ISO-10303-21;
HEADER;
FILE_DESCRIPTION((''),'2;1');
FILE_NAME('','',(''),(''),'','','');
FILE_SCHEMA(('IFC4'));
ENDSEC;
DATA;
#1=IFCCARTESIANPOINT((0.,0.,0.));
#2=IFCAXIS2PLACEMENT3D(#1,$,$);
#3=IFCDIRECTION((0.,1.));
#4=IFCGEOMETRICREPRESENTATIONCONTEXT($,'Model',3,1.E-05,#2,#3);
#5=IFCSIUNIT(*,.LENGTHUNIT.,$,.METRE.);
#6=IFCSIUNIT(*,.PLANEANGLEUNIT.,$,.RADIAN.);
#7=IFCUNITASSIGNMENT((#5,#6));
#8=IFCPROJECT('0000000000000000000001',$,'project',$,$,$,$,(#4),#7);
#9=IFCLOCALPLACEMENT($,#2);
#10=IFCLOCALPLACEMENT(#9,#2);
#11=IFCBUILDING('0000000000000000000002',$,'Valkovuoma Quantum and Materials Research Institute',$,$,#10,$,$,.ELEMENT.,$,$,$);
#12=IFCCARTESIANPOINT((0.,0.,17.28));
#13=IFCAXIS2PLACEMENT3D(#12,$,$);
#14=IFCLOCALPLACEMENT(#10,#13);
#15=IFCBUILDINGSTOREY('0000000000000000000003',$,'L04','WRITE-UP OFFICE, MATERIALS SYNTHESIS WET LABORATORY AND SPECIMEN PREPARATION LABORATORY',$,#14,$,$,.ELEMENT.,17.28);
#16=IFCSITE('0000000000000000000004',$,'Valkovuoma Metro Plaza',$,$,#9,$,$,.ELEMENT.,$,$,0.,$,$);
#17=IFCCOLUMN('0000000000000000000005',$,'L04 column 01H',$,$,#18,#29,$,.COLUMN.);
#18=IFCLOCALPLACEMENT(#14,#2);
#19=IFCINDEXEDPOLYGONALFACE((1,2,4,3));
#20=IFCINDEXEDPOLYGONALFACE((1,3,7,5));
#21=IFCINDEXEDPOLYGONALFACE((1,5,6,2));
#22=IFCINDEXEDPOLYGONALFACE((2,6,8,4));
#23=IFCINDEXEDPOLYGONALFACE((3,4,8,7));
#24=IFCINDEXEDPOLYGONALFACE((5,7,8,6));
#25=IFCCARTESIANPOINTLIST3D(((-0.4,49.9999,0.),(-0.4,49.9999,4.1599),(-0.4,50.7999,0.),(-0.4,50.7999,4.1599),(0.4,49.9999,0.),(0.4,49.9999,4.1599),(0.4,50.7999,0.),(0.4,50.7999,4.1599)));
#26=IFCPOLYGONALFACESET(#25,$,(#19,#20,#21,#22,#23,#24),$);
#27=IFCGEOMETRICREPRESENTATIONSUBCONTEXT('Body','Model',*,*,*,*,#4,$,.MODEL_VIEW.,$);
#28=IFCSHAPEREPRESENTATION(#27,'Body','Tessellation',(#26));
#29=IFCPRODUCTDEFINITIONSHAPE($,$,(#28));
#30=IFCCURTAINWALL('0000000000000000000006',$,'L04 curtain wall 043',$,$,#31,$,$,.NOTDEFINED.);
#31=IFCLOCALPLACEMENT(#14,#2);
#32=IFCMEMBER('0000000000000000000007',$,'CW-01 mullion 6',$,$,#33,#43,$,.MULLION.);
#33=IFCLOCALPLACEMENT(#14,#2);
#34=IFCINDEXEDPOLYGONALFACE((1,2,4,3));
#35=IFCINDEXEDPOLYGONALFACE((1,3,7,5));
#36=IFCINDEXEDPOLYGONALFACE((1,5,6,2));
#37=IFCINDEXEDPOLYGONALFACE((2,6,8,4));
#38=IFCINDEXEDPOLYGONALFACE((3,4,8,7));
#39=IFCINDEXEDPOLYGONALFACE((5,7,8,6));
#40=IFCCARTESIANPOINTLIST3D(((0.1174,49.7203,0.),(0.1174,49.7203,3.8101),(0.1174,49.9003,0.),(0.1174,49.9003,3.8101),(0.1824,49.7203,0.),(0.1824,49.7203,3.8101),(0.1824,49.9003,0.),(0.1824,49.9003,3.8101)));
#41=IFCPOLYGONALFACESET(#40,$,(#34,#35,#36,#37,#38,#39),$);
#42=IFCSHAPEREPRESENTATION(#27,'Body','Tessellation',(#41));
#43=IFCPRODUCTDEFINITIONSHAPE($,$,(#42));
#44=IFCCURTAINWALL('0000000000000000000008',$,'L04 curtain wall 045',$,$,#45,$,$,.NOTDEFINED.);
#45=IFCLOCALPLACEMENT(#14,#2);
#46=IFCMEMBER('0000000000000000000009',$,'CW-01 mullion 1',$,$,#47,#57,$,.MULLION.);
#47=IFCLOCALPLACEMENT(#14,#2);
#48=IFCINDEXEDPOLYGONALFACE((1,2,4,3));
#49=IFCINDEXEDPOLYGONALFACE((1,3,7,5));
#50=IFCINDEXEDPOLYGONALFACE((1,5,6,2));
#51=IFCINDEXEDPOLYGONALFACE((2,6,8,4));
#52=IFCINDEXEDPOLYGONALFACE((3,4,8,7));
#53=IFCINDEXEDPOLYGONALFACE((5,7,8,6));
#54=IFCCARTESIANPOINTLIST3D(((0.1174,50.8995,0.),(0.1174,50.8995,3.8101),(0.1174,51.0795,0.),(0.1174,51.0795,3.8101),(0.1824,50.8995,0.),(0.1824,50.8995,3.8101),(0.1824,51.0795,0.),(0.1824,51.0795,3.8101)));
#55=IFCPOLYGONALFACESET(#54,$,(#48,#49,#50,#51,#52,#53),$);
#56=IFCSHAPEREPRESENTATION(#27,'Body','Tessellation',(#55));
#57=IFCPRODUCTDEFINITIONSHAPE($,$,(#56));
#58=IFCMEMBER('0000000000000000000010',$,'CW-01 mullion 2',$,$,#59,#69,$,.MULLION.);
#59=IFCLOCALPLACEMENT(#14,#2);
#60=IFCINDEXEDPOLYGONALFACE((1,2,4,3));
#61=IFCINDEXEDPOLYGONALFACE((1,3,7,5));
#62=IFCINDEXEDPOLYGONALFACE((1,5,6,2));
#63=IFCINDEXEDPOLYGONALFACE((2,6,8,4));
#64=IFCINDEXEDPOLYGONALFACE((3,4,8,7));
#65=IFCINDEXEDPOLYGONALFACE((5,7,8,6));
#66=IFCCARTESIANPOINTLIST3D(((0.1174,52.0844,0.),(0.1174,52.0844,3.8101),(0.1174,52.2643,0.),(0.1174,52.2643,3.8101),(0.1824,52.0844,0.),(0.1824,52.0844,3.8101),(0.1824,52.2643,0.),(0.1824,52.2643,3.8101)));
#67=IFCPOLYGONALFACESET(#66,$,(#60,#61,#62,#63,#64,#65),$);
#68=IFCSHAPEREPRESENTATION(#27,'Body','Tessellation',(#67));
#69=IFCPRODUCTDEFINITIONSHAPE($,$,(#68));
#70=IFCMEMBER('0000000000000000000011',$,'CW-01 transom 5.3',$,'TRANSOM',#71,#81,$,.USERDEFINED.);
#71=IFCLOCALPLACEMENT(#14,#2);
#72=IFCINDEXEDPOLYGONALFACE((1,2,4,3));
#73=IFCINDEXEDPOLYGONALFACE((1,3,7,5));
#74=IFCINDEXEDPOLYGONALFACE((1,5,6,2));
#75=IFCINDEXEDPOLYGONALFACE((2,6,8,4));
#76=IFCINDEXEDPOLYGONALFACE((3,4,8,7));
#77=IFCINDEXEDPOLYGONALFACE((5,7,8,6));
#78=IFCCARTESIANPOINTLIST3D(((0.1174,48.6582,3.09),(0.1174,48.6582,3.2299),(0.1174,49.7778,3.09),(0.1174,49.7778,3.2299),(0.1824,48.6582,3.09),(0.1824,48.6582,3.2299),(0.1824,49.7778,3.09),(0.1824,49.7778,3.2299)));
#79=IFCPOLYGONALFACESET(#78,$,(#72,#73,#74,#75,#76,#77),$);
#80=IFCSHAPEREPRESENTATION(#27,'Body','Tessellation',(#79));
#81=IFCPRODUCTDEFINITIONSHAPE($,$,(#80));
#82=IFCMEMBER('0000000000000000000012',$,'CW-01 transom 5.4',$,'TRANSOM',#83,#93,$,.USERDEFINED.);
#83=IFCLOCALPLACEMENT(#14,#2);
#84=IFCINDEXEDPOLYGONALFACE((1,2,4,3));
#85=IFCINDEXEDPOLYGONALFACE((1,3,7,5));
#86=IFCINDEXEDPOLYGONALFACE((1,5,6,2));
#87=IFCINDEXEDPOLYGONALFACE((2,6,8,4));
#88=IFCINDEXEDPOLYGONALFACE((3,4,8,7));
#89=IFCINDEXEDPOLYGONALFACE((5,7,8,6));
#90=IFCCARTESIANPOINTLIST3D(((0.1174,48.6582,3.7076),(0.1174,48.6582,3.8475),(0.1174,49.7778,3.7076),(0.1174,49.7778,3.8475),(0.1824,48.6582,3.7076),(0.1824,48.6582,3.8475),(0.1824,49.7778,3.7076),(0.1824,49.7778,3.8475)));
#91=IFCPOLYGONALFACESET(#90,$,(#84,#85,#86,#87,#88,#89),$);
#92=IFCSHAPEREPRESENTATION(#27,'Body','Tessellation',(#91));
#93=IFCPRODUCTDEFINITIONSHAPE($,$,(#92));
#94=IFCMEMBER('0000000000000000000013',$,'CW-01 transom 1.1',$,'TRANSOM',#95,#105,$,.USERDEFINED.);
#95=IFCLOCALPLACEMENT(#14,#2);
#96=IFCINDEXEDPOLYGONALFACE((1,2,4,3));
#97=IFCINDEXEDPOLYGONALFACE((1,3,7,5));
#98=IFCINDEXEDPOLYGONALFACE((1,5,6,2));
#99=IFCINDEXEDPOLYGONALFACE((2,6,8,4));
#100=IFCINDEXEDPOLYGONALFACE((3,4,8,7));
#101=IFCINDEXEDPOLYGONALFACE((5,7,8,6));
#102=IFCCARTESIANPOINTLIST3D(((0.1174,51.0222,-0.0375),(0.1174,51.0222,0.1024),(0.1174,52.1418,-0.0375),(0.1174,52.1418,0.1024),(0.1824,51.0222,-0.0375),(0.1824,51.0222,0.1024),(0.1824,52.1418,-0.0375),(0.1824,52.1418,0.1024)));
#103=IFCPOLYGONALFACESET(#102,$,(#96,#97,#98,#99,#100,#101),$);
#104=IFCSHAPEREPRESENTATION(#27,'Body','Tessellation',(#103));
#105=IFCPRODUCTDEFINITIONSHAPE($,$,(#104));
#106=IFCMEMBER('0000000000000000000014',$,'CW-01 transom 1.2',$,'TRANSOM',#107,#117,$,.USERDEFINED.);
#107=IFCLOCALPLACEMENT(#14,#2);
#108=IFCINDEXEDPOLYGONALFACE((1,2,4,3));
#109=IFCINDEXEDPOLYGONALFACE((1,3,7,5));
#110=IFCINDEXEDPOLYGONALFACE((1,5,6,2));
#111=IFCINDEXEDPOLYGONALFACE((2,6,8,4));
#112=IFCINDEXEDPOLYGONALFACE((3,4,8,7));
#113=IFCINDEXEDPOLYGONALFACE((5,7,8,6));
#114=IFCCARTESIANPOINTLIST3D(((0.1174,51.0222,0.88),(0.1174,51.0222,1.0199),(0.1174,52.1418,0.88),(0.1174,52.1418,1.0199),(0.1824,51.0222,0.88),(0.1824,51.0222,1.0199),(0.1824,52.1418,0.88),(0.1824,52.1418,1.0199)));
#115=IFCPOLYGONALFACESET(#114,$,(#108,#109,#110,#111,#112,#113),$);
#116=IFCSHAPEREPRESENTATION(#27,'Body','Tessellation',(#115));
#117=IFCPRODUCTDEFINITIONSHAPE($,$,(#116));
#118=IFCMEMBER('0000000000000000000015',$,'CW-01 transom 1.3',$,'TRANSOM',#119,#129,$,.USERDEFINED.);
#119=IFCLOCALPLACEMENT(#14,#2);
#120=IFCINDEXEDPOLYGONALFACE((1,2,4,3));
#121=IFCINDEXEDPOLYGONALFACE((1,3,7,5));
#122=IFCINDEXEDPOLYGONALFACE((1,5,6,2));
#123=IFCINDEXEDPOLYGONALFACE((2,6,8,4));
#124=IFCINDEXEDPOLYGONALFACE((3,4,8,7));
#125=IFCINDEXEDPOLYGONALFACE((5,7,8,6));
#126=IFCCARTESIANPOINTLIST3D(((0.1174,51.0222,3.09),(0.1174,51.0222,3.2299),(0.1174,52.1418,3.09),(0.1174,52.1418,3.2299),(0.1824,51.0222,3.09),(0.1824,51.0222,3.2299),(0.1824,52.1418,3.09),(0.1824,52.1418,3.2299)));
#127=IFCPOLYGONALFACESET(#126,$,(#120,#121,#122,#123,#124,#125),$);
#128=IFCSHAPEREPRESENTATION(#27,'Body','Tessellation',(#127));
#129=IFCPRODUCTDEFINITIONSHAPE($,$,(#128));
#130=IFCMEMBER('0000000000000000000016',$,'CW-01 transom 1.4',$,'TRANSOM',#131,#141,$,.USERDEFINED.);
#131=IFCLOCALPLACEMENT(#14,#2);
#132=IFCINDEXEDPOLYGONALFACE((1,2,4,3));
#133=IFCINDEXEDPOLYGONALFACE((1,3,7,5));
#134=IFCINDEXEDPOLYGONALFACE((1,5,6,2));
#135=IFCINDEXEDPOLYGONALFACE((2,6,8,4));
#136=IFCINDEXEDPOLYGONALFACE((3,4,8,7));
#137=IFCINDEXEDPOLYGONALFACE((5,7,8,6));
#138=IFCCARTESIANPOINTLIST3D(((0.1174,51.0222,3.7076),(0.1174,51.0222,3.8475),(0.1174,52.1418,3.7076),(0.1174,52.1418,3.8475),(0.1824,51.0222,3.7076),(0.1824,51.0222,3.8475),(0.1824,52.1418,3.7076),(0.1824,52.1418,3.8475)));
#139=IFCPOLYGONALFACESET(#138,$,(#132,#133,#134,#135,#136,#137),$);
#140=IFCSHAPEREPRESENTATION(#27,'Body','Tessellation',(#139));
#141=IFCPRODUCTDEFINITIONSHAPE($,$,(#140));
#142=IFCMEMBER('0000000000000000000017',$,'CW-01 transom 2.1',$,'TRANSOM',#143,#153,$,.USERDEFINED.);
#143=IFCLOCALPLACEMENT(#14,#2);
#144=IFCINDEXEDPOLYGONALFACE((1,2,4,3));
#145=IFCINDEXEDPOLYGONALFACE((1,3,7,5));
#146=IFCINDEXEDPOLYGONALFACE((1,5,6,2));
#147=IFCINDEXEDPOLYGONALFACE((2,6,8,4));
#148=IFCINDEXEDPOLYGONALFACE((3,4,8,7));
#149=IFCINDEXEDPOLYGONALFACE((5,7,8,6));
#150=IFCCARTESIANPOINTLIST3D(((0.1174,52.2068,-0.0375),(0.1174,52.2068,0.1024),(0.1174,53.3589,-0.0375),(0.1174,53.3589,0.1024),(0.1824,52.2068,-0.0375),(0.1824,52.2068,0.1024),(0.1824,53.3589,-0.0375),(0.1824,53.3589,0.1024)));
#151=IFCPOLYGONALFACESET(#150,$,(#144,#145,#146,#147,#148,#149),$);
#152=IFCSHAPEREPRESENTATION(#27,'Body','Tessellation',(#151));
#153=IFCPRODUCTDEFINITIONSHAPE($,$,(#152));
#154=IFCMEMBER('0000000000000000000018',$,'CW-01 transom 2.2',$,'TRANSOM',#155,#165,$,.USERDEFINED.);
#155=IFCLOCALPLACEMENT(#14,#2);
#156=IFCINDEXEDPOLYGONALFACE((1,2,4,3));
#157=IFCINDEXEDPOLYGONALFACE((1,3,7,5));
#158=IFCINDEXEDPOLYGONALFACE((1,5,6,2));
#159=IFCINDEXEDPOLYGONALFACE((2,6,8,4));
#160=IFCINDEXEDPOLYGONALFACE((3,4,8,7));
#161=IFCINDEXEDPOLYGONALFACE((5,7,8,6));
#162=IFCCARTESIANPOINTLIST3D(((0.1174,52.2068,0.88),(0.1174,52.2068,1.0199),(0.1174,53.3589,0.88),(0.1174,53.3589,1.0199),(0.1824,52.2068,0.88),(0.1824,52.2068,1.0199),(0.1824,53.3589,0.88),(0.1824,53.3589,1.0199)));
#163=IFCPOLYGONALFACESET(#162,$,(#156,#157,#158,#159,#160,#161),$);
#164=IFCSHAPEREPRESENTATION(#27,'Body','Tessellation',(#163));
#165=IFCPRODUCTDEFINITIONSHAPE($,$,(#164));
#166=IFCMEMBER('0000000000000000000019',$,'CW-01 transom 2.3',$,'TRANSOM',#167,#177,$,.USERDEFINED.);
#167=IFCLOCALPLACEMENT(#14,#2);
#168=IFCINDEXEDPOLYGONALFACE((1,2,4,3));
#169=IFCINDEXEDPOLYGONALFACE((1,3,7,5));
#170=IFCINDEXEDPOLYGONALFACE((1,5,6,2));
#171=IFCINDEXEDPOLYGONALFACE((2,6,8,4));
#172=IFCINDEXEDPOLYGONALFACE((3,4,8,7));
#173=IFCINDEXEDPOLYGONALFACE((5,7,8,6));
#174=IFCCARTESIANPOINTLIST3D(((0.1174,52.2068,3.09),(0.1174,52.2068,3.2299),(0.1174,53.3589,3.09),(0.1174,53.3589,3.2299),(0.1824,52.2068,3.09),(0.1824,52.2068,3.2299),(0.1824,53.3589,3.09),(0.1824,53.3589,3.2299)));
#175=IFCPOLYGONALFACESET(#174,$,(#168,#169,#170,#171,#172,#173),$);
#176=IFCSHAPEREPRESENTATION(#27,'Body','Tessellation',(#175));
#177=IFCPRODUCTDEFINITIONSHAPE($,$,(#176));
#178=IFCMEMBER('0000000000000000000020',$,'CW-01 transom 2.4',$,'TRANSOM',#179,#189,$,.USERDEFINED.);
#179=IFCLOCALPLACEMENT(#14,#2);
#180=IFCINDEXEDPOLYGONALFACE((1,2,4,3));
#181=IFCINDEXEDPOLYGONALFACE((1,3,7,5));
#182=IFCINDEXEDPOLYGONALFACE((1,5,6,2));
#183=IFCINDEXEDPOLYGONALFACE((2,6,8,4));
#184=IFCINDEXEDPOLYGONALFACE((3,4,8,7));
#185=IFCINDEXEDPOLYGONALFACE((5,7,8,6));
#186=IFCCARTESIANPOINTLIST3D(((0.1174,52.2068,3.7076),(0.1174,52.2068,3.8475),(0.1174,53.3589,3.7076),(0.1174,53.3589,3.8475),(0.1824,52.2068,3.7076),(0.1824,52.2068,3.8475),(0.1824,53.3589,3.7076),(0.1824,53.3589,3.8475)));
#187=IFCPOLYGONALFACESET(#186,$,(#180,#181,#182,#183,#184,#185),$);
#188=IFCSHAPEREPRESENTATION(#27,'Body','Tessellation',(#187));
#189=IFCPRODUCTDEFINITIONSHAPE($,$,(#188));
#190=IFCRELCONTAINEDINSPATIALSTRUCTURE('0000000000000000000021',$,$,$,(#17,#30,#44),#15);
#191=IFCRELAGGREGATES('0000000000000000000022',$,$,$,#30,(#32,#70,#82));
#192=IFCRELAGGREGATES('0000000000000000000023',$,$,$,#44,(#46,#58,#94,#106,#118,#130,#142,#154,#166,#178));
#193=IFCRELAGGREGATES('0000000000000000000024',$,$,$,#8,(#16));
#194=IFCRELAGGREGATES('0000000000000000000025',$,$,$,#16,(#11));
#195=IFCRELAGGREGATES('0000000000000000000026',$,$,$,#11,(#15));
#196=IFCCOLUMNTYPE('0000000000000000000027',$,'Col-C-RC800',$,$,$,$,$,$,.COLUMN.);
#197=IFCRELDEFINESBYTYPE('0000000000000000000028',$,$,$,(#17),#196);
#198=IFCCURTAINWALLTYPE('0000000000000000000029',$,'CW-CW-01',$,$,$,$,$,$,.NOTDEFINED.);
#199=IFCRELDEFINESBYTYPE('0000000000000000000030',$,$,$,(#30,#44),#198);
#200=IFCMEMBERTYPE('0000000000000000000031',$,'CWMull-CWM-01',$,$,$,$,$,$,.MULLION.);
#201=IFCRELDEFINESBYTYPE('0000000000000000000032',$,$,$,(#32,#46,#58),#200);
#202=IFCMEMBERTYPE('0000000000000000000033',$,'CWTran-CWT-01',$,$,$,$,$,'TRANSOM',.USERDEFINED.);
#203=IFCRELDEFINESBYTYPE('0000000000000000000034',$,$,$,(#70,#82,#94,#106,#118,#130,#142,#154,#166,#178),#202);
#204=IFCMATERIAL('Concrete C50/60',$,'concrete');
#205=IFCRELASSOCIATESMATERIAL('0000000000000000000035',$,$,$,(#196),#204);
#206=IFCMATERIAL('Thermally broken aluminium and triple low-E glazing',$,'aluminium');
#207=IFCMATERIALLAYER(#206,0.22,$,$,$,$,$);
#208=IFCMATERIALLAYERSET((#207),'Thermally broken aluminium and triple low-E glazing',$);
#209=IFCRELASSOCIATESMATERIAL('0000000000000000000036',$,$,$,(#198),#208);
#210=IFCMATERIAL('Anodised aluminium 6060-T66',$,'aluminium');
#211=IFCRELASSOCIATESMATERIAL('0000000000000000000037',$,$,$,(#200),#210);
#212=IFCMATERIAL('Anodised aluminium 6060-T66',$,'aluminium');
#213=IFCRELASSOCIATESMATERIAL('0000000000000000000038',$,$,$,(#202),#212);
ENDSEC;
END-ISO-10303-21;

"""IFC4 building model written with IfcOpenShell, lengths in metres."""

from ifc_helpers import new_model, si_unit, direction, frame, origin, origin_2d, place, context, subcontext, project, spatial, rectangle, extrude, material, layer, layer_set, material_profile, profile_set, type_object, element, aggregate, save


model = new_model("IFC4")

# Units and contexts
model_context = context("Model", 3, precision=1e-05, world=origin(), true_north=direction((0.0, 1.0)))
body_context = subcontext(model_context, "Body", "Model", "MODEL_VIEW")
ifc_project = project(units=[si_unit("LENGTHUNIT", "METRE"), si_unit("PLANEANGLEUNIT", "RADIAN")], contexts=[model_context])

# Site, building, storey
site_placement = place(None, origin())
site = spatial("IfcSite", under=ifc_project, at=site_placement, Name="Valkovuoma Metro Plaza", CompositionType="ELEMENT", RefElevation=0.0)
building_placement = place(site_placement, origin())
building = spatial("IfcBuilding", under=site, at=building_placement, Name="Valkovuoma Quantum and Materials Research Institute", CompositionType="ELEMENT")
storey_placement = place(building_placement, frame((0.0, 0.0, 17.28)))
storey = spatial("IfcBuildingStorey", under=building, at=storey_placement, Name="L04", Description="WRITE-UP OFFICE, MATERIALS SYNTHESIS WET LABORATORY AND SPECIMEN PREPARATION LABORATORY", CompositionType="ELEMENT", Elevation=17.28)

# Column
ifc_material_1 = material(Name="Concrete C50/60", Category="concrete")
ifc_material_profile_1 = material_profile(ifc_material_1, rectangle(XDim=0.8, YDim=0.8, at=origin_2d()), Name="Concrete C50/60")
ifc_profile_set_1 = profile_set([ifc_material_profile_1], Name="Concrete C50/60")
column_type = type_object("IfcColumnType", Name="Col-C-RC800", PredefinedType="COLUMN", material=ifc_profile_set_1)
column_placement = place(storey_placement, frame((0.0, 50.3999, 0.0), z_axis=(0.0, 0.0, 1.0), x_axis=(1.0, 0.0, 0.0)))
element("IfcColumn", 1, at=column_placement, inside=storey, type_object=column_type, Name="L04 column 01H", PredefinedType="COLUMN", context=body_context, shape_type="SweptSolid", body=[
    extrude(rectangle(XDim=0.8, YDim=0.8, at=origin_2d()), origin(), (0.0, 0.0, 1.0), 4.1599),
])

# Curtain wall, member
ifc_material_2 = material(Name="Thermally broken aluminium and triple low-E glazing", Category="aluminium")
ifc_layer_1 = layer(ifc_material_2, 0.22)
ifc_layer_set_1 = layer_set([ifc_layer_1], Name="Thermally broken aluminium and triple low-E glazing")
curtain_wall_type = type_object("IfcCurtainWallType", Name="CW-CW-01", PredefinedType="NOTDEFINED", material=ifc_layer_set_1)
curtain_wall_1_placement = place(storey_placement, origin())
curtain_wall_1 = element("IfcCurtainWall", 2, at=curtain_wall_1_placement, inside=storey, type_object=curtain_wall_type, Name="L04 curtain wall 043", PredefinedType="NOTDEFINED")
ifc_material_3 = material(Name="Anodised aluminium 6060-T66", Category="aluminium")
ifc_material_profile_2 = material_profile(ifc_material_3, rectangle(XDim=0.0649, YDim=0.1799, at=origin_2d()), Name="Anodised aluminium 6060-T66")
ifc_profile_set_2 = profile_set([ifc_material_profile_2], Name="Anodised aluminium 6060-T66")
member_type_1 = type_object("IfcMemberType", Name="CWMull-CWM-01", PredefinedType="MULLION", material=ifc_profile_set_2)
member_1_placement = place(storey_placement, frame((0.1499, 49.8103, 0.0), z_axis=(0.0, 0.0, 1.0), x_axis=(-1.0, 0.0, 0.0)))
member_1 = element("IfcMember", 3, at=member_1_placement, type_object=member_type_1, Name="CW-01 mullion 6", PredefinedType="MULLION", context=body_context, shape_type="SweptSolid", body=[
    extrude(rectangle(XDim=0.0649, YDim=0.1799, at=origin_2d()), origin(), (0.0, 0.0, 1.0), 3.8101),
])

# Curtain wall, members
curtain_wall_2_placement = place(storey_placement, origin())
curtain_wall_2 = element("IfcCurtainWall", 4, at=curtain_wall_2_placement, inside=storey, type_object=curtain_wall_type, Name="L04 curtain wall 045", PredefinedType="NOTDEFINED")
member_2_placement = place(storey_placement, frame((0.1499, 50.9895, 0.0), z_axis=(0.0, 0.0, 1.0), x_axis=(-1.0, 0.0, 0.0)))
member_2 = element("IfcMember", 5, at=member_2_placement, type_object=member_type_1, Name="CW-01 mullion 1", PredefinedType="MULLION", context=body_context, shape_type="SweptSolid", body=[
    extrude(rectangle(XDim=0.0649, YDim=0.1799, at=origin_2d()), origin(), (0.0, 0.0, 1.0), 3.8101),
])
member_3_placement = place(storey_placement, frame((0.1499, 52.1743, 0.0), z_axis=(0.0, 0.0, 1.0), x_axis=(-1.0, 0.0, 0.0)))
member_3 = element("IfcMember", 6, at=member_3_placement, type_object=member_type_1, Name="CW-01 mullion 2", PredefinedType="MULLION", context=body_context, shape_type="SweptSolid", body=[
    extrude(rectangle(XDim=0.0649, YDim=0.1799, at=origin_2d()), origin(), (0.0, 0.0, 1.0), 3.8101),
])

# Members
ifc_material_4 = material(Name="Anodised aluminium 6060-T66", Category="aluminium")
ifc_material_profile_3 = material_profile(ifc_material_4, rectangle(XDim=0.0649, YDim=0.1399, at=origin_2d()), Name="Anodised aluminium 6060-T66")
ifc_profile_set_3 = profile_set([ifc_material_profile_3], Name="Anodised aluminium 6060-T66")
member_type_2 = type_object("IfcMemberType", Name="CWTran-CWT-01", ElementType="TRANSOM", PredefinedType="USERDEFINED", material=ifc_profile_set_3)
member_4_placement = place(storey_placement, frame((0.1499, 48.6582, 3.1599), z_axis=(0.0, 1.0, 0.0), x_axis=(-1.0, 0.0, 0.0)))
member_4 = element("IfcMember", 7, at=member_4_placement, type_object=member_type_2, Name="CW-01 transom 5.3", ObjectType="TRANSOM", PredefinedType="USERDEFINED", context=body_context, shape_type="SweptSolid", body=[
    extrude(rectangle(XDim=0.0649, YDim=0.1399, at=origin_2d()), origin(), (0.0, 0.0, 1.0), 1.1196),
])
member_5_placement = place(storey_placement, frame((0.1499, 48.6582, 3.7776), z_axis=(0.0, 1.0, 0.0), x_axis=(-1.0, 0.0, 0.0)))
member_5 = element("IfcMember", 8, at=member_5_placement, type_object=member_type_2, Name="CW-01 transom 5.4", ObjectType="TRANSOM", PredefinedType="USERDEFINED", context=body_context, shape_type="SweptSolid", body=[
    extrude(rectangle(XDim=0.0649, YDim=0.1399, at=origin_2d()), origin(), (0.0, 0.0, 1.0), 1.1196),
])
member_6_placement = place(storey_placement, frame((0.1499, 51.0222, 0.0325), z_axis=(0.0, 1.0, 0.0), x_axis=(-1.0, 0.0, 0.0)))
member_6 = element("IfcMember", 9, at=member_6_placement, type_object=member_type_2, Name="CW-01 transom 1.1", ObjectType="TRANSOM", PredefinedType="USERDEFINED", context=body_context, shape_type="SweptSolid", body=[
    extrude(rectangle(XDim=0.0649, YDim=0.1399, at=origin_2d()), origin(), (0.0, 0.0, 1.0), 1.1196),
])
member_7_placement = place(storey_placement, frame((0.1499, 51.0222, 0.95), z_axis=(0.0, 1.0, 0.0), x_axis=(-1.0, 0.0, 0.0)))
member_7 = element("IfcMember", 10, at=member_7_placement, type_object=member_type_2, Name="CW-01 transom 1.2", ObjectType="TRANSOM", PredefinedType="USERDEFINED", context=body_context, shape_type="SweptSolid", body=[
    extrude(rectangle(XDim=0.0649, YDim=0.1399, at=origin_2d()), origin(), (0.0, 0.0, 1.0), 1.1196),
])
member_8_placement = place(storey_placement, frame((0.1499, 51.0222, 3.1599), z_axis=(0.0, 1.0, 0.0), x_axis=(-1.0, 0.0, 0.0)))
member_8 = element("IfcMember", 11, at=member_8_placement, type_object=member_type_2, Name="CW-01 transom 1.3", ObjectType="TRANSOM", PredefinedType="USERDEFINED", context=body_context, shape_type="SweptSolid", body=[
    extrude(rectangle(XDim=0.0649, YDim=0.1399, at=origin_2d()), origin(), (0.0, 0.0, 1.0), 1.1196),
])
member_9_placement = place(storey_placement, frame((0.1499, 51.0222, 3.7776), z_axis=(0.0, 1.0, 0.0), x_axis=(-1.0, 0.0, 0.0)))
member_9 = element("IfcMember", 12, at=member_9_placement, type_object=member_type_2, Name="CW-01 transom 1.4", ObjectType="TRANSOM", PredefinedType="USERDEFINED", context=body_context, shape_type="SweptSolid", body=[
    extrude(rectangle(XDim=0.0649, YDim=0.1399, at=origin_2d()), origin(), (0.0, 0.0, 1.0), 1.1196),
])
member_10_placement = place(storey_placement, frame((0.1499, 52.2068, 0.0325), z_axis=(0.0, 1.0, 0.0), x_axis=(-1.0, 0.0, 0.0)))
member_10 = element("IfcMember", 13, at=member_10_placement, type_object=member_type_2, Name="CW-01 transom 2.1", ObjectType="TRANSOM", PredefinedType="USERDEFINED", context=body_context, shape_type="SweptSolid", body=[
    extrude(rectangle(XDim=0.0649, YDim=0.1399, at=origin_2d()), origin(), (0.0, 0.0, 1.0), 1.1521),
])
member_11_placement = place(storey_placement, frame((0.1499, 52.2068, 0.95), z_axis=(0.0, 1.0, 0.0), x_axis=(-1.0, 0.0, 0.0)))
member_11 = element("IfcMember", 14, at=member_11_placement, type_object=member_type_2, Name="CW-01 transom 2.2", ObjectType="TRANSOM", PredefinedType="USERDEFINED", context=body_context, shape_type="SweptSolid", body=[
    extrude(rectangle(XDim=0.0649, YDim=0.1399, at=origin_2d()), origin(), (0.0, 0.0, 1.0), 1.1521),
])
member_12_placement = place(storey_placement, frame((0.1499, 52.2068, 3.1599), z_axis=(0.0, 1.0, 0.0), x_axis=(-1.0, 0.0, 0.0)))
member_12 = element("IfcMember", 15, at=member_12_placement, type_object=member_type_2, Name="CW-01 transom 2.3", ObjectType="TRANSOM", PredefinedType="USERDEFINED", context=body_context, shape_type="SweptSolid", body=[
    extrude(rectangle(XDim=0.0649, YDim=0.1399, at=origin_2d()), origin(), (0.0, 0.0, 1.0), 1.1521),
])
member_13_placement = place(storey_placement, frame((0.1499, 52.2068, 3.7776), z_axis=(0.0, 1.0, 0.0), x_axis=(-1.0, 0.0, 0.0)))
member_13 = element("IfcMember", 16, at=member_13_placement, type_object=member_type_2, Name="CW-01 transom 2.4", ObjectType="TRANSOM", PredefinedType="USERDEFINED", context=body_context, shape_type="SweptSolid", body=[
    extrude(rectangle(XDim=0.0649, YDim=0.1399, at=origin_2d()), origin(), (0.0, 0.0, 1.0), 1.1521),
])

aggregate(curtain_wall_1, [member_1, member_4, member_5])
aggregate(curtain_wall_2, [member_2, member_3, member_6, member_7, member_8, member_9, member_10, member_11, member_12, member_13])

save(model, "model.ifc")
